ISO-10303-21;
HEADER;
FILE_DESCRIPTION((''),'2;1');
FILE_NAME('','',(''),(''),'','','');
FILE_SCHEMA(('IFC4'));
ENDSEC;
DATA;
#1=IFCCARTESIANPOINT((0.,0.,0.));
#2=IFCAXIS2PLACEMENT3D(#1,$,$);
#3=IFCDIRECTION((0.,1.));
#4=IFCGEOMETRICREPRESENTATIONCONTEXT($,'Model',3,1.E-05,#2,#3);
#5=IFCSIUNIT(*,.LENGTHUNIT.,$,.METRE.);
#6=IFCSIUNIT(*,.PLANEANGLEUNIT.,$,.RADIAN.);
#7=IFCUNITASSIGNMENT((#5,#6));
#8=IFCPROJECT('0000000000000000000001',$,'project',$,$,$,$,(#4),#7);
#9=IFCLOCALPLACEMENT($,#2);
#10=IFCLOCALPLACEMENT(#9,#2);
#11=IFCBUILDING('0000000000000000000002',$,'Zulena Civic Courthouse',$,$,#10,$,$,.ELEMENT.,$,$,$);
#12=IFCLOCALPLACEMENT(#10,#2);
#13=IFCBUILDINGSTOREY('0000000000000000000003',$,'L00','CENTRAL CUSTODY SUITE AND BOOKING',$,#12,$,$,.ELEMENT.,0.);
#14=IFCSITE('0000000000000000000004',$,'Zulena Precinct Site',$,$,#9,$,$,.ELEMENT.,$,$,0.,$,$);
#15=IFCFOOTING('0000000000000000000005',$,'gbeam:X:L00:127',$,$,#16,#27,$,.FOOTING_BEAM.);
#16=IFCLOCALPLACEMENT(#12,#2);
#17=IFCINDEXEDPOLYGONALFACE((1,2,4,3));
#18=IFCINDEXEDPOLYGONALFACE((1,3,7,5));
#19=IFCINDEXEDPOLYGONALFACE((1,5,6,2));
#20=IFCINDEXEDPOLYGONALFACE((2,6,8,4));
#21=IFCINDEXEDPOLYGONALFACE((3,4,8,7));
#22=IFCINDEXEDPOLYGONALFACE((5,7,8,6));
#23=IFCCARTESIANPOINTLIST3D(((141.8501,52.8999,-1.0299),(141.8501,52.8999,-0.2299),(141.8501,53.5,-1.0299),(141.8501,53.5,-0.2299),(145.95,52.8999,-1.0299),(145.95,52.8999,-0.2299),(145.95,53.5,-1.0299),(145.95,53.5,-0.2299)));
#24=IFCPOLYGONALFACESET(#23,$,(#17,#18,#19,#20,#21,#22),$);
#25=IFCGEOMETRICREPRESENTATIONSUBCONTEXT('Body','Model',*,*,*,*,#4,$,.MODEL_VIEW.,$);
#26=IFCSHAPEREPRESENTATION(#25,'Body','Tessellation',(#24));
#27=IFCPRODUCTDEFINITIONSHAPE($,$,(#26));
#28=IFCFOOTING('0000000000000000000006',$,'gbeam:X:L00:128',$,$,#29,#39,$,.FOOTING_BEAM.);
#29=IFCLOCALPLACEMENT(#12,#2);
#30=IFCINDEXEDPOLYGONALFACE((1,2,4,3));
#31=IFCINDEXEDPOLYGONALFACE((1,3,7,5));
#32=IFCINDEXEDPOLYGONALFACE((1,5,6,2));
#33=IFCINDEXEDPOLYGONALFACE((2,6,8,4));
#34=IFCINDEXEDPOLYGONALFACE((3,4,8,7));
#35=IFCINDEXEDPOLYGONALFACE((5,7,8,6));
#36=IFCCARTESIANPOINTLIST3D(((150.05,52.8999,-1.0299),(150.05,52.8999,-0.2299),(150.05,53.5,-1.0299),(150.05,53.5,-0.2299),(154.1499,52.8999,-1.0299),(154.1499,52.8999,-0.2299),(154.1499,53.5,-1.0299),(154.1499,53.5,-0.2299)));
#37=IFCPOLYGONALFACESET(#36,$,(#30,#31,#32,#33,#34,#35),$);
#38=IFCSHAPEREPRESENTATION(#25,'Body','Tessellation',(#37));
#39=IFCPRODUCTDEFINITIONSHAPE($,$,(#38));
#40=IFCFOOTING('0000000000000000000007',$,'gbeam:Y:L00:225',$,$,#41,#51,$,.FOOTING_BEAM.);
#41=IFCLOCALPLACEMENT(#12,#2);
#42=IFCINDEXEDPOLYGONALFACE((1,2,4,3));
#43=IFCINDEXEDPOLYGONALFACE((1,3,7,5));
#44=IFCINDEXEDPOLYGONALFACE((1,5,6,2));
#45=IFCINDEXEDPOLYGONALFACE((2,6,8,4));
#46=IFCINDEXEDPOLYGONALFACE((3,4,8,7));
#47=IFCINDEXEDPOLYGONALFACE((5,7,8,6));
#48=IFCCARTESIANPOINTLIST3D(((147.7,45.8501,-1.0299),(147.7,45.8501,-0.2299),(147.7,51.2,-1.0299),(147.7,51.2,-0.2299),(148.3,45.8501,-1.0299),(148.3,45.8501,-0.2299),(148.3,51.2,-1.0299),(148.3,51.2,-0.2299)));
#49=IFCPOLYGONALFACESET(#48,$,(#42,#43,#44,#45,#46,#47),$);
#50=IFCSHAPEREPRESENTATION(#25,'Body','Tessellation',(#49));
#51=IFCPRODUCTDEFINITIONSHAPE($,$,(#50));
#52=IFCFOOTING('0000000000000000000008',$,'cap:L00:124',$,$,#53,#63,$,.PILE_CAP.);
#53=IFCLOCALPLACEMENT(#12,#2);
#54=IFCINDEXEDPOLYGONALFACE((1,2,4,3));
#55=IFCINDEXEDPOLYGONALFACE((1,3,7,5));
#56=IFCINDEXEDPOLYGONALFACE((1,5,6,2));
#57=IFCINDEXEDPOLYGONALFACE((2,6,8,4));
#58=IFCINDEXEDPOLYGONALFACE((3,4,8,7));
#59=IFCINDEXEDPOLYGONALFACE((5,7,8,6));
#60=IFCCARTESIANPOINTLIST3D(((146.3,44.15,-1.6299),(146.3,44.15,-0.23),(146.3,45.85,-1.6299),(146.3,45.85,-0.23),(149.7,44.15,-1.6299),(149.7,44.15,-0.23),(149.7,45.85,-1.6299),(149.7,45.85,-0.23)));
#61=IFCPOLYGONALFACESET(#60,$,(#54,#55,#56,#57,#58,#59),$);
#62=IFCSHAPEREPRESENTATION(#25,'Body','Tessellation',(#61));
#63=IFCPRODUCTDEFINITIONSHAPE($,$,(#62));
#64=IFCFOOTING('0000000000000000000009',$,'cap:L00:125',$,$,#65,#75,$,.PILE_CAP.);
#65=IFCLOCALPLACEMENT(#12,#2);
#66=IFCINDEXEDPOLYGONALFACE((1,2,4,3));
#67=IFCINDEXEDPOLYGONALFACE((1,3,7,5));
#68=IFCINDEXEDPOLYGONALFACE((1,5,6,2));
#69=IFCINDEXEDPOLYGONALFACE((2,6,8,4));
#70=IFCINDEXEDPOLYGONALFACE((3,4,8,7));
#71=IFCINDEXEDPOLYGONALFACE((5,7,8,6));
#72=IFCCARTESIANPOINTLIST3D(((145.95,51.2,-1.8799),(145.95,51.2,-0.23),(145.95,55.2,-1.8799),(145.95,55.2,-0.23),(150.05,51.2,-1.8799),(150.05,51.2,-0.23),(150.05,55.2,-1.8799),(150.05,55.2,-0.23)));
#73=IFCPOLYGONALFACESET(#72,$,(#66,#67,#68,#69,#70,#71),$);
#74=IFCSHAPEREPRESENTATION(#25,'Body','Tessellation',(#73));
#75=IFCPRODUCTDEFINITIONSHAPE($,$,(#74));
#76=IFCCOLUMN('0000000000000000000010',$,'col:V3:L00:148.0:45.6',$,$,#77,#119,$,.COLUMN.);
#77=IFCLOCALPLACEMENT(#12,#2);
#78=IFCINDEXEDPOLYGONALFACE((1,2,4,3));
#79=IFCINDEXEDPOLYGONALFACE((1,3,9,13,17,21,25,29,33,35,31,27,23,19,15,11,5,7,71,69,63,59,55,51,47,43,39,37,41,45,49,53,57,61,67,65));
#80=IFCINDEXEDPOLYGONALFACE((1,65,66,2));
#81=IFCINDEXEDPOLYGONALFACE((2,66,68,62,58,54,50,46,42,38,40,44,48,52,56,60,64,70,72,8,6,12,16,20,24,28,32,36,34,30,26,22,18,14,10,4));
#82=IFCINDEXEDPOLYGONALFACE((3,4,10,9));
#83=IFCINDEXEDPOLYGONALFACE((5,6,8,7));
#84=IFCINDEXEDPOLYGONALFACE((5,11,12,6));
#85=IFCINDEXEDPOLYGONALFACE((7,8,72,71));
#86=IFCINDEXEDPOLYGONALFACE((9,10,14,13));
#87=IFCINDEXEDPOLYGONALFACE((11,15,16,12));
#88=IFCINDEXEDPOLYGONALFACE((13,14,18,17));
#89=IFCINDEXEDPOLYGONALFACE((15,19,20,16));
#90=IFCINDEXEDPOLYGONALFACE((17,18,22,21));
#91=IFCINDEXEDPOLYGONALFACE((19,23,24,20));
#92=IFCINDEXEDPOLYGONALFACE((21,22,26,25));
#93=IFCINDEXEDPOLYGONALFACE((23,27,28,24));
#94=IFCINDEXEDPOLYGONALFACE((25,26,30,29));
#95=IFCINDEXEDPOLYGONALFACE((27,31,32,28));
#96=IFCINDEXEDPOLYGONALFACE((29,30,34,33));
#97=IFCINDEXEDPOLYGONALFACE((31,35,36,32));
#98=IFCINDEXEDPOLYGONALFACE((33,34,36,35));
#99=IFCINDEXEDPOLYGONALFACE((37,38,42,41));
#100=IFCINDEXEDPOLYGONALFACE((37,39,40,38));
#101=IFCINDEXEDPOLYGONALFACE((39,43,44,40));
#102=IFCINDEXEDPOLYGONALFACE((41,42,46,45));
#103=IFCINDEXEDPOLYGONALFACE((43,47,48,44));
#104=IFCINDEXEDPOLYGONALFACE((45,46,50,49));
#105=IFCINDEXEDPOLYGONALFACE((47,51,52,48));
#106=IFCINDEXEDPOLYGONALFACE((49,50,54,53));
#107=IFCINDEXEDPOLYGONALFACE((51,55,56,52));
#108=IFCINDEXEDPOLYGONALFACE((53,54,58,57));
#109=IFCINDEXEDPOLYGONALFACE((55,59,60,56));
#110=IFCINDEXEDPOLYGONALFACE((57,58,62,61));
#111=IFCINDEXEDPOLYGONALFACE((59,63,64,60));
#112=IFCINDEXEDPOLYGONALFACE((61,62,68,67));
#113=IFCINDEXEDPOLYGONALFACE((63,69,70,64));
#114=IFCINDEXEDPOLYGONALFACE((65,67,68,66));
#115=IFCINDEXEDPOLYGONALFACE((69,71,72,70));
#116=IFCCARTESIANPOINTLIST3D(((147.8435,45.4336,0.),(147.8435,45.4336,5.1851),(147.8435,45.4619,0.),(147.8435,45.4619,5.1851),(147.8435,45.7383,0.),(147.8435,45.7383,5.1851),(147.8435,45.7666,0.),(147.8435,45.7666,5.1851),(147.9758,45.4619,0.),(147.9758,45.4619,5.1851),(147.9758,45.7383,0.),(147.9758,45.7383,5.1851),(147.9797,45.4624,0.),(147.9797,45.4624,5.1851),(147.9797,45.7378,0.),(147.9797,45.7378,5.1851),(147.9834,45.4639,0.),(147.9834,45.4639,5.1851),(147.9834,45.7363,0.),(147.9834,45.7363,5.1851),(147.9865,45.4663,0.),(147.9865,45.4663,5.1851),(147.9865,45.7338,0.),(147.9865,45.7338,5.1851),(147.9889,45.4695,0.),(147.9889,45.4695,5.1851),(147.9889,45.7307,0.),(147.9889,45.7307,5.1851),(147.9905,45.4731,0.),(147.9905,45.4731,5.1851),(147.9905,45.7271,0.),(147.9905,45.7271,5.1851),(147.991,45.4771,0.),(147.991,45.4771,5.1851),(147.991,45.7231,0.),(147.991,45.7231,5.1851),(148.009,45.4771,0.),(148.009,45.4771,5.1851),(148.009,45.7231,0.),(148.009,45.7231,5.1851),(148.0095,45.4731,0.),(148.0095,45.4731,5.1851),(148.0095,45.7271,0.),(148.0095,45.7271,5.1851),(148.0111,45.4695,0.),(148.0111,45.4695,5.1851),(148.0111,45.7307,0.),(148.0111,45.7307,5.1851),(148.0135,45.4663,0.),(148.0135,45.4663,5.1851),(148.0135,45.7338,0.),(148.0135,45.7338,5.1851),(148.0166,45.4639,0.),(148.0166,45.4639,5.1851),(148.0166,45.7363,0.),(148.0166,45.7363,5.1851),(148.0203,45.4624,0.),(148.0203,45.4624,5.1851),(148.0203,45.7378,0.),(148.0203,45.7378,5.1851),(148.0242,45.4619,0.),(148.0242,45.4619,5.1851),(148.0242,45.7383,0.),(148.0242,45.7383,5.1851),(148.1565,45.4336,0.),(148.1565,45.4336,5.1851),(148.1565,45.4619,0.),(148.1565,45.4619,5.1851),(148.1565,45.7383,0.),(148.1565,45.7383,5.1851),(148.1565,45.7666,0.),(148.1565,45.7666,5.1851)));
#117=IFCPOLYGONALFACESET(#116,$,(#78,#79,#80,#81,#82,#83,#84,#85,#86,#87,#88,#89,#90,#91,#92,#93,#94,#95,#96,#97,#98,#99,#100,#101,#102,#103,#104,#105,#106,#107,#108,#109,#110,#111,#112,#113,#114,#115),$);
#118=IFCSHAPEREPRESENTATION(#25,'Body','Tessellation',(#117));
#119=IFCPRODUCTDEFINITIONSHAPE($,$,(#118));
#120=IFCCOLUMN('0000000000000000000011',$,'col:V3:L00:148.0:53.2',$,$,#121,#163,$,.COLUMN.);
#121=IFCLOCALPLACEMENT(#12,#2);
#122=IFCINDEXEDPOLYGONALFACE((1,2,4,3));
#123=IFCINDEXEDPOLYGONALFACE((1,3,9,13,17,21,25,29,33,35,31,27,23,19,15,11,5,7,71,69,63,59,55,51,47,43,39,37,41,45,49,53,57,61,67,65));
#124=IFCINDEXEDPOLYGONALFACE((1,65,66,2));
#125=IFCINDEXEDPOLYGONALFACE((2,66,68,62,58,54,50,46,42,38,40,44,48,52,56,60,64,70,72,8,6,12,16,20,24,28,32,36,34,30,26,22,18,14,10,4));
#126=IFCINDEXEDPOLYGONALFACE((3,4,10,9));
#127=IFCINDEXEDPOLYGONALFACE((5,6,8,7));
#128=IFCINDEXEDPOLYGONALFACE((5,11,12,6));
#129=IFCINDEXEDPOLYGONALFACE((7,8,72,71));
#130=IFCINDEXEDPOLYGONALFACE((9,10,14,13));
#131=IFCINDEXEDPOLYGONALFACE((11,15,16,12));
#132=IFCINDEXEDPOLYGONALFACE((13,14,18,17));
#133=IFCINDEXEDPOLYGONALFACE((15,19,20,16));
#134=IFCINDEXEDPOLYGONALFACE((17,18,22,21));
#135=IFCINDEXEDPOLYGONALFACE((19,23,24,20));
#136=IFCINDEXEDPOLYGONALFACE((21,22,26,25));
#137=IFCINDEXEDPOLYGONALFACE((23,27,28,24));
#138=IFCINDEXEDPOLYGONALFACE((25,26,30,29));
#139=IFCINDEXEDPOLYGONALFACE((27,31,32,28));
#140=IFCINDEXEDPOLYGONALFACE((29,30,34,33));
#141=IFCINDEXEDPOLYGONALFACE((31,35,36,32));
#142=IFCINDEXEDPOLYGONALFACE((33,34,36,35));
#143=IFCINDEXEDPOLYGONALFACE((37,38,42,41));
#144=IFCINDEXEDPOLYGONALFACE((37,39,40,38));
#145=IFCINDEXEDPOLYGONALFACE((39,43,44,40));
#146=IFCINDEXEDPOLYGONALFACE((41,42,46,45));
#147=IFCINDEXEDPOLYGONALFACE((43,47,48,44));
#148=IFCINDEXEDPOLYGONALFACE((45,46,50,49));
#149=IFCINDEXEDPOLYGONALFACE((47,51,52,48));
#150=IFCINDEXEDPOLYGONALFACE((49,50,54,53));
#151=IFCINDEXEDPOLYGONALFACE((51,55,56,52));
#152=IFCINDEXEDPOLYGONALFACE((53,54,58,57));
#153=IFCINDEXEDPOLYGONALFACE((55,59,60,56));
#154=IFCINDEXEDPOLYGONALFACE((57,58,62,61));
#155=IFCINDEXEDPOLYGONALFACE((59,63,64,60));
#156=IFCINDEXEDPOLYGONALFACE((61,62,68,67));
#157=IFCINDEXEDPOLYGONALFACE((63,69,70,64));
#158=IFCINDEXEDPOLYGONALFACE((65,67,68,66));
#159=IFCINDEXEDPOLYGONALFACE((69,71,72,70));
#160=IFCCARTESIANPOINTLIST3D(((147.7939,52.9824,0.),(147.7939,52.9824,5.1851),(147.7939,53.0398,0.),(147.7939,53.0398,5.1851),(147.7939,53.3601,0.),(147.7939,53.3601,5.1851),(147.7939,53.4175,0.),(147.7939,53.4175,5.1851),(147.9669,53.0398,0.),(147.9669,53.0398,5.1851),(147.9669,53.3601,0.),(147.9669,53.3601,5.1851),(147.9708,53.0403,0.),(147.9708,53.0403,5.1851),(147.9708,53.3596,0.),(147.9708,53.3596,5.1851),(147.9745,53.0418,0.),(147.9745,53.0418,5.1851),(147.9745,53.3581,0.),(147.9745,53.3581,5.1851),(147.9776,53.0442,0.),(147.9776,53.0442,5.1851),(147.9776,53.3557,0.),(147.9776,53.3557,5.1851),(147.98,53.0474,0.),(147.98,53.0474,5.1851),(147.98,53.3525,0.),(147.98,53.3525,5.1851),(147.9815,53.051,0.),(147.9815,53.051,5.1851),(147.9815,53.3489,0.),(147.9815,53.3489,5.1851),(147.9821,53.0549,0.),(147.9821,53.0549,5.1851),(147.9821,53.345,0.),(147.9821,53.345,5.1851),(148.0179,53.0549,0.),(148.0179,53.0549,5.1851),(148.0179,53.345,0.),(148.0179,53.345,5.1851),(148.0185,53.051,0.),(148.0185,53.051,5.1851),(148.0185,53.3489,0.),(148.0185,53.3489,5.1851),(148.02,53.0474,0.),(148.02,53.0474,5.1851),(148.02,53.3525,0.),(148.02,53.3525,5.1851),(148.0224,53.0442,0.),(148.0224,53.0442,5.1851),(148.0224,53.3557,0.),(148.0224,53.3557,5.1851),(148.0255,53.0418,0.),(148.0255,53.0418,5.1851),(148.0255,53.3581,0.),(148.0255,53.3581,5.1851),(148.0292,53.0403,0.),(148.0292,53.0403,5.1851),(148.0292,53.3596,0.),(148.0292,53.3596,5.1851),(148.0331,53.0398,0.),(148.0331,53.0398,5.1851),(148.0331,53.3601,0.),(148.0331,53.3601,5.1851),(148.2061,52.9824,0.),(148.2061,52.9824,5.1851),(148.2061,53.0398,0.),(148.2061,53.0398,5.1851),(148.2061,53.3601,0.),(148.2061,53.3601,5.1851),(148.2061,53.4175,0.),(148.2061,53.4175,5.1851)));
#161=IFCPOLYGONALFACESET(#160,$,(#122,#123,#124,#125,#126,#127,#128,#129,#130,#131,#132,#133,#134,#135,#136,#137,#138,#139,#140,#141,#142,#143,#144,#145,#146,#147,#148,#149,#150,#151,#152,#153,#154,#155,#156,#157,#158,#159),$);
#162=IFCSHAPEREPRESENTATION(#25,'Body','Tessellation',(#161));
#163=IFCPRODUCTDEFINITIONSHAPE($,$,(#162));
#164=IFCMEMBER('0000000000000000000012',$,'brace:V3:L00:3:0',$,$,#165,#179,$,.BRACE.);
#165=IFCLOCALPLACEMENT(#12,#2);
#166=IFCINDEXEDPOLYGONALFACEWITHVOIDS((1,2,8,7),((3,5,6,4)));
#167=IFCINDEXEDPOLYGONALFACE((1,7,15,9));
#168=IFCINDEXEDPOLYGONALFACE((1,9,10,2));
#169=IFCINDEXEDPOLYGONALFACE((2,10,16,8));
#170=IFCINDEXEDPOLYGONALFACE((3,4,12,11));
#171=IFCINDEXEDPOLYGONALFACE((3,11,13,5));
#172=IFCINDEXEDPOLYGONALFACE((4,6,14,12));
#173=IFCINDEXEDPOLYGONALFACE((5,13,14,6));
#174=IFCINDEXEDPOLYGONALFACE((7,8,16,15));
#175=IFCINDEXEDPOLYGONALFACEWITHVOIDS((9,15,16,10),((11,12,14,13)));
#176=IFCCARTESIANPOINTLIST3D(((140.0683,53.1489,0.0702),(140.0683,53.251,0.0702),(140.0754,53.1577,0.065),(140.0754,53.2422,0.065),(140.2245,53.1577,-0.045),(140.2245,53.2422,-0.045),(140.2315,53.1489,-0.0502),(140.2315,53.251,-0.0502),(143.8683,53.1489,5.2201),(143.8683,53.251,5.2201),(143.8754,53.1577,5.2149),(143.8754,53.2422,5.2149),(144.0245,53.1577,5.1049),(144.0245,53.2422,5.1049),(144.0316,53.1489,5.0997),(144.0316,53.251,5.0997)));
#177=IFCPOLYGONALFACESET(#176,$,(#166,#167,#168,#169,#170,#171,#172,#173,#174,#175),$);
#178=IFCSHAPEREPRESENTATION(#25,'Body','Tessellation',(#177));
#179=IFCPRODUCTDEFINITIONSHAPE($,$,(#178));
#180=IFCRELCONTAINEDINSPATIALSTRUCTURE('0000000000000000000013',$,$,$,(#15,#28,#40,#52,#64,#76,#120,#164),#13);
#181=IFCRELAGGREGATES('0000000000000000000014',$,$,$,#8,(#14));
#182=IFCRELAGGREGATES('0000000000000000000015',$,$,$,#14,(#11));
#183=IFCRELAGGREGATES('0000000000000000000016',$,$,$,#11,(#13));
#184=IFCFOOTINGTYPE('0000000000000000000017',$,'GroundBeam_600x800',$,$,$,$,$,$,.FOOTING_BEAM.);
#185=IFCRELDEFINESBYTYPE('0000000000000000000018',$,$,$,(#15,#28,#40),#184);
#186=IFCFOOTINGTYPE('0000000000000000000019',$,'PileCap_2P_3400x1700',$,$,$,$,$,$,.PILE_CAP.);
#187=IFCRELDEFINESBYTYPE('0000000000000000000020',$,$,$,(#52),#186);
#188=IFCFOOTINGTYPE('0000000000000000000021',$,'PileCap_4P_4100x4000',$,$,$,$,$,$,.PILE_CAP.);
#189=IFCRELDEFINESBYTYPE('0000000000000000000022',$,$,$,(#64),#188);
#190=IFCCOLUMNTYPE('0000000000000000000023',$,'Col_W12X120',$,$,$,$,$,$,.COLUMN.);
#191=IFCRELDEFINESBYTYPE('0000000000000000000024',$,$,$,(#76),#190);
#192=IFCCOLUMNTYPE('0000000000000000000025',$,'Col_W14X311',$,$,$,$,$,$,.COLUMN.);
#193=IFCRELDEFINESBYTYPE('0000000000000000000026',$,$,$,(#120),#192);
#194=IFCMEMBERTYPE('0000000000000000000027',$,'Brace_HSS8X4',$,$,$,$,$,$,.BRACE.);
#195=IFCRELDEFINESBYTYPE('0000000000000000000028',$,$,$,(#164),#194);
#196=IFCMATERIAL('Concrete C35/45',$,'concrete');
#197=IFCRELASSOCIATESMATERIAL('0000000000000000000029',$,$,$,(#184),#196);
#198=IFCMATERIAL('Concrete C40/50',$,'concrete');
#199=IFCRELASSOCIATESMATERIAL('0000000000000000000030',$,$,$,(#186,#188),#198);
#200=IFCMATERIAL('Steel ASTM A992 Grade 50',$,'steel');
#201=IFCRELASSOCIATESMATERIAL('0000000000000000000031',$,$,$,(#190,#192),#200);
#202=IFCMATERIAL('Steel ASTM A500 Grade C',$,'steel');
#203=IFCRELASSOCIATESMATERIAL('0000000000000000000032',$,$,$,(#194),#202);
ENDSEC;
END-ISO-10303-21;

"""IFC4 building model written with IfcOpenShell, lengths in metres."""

from ifc_helpers import new_model, si_unit, direction, frame, origin, origin_2d, place, context, subcontext, project, spatial, rectangle, hollow_rectangle, i_section, extrude, material, material_profile, profile_set, type_object, element, save


model = new_model("IFC4")

# Units and contexts
model_context = context("Model", 3, precision=1e-05, world=origin(), true_north=direction((0.0, 1.0)))
body_context = subcontext(model_context, "Body", "Model", "MODEL_VIEW")
ifc_project = project(units=[si_unit("LENGTHUNIT", "METRE"), si_unit("PLANEANGLEUNIT", "RADIAN")], contexts=[model_context])

# Site, building, storey
site_placement = place(None, origin())
site = spatial("IfcSite", under=ifc_project, at=site_placement, Name="Zulena Precinct Site", CompositionType="ELEMENT", RefElevation=0.0)
building_placement = place(site_placement, origin())
building = spatial("IfcBuilding", under=site, at=building_placement, Name="Zulena Civic Courthouse", CompositionType="ELEMENT")
storey_placement = place(building_placement, origin())
storey = spatial("IfcBuildingStorey", under=building, at=storey_placement, Name="L00", Description="CENTRAL CUSTODY SUITE AND BOOKING", CompositionType="ELEMENT", Elevation=0.0)

# Shared definitions
ifc_material_1 = material(Name="Concrete C40/50", Category="concrete")

# Footings
ifc_material_2 = material(Name="Concrete C35/45", Category="concrete")
ifc_material_profile_1 = material_profile(ifc_material_2, rectangle(XDim=0.6001, YDim=0.8, at=origin_2d()), Name="RC600X800")
ifc_profile_set_1 = profile_set([ifc_material_profile_1], Name="Concrete C35/45")
footing_type_1 = type_object("IfcFootingType", Name="GroundBeam_600x800", PredefinedType="FOOTING_BEAM", material=ifc_profile_set_1)
for number, where, z_axis, x_axis, name in (
    (1, (141.8501, 53.2, -0.6299), (1.0, 0.0, 0.0), (0.0, 1.0, 0.0), "gbeam:X:L00:127"),
    (2, (150.05, 53.2, -0.6299), (1.0, 0.0, 0.0), (0.0, 1.0, 0.0), "gbeam:X:L00:128"),
):
    element("IfcFooting", number, at=place(storey_placement, frame(where, z_axis=z_axis, x_axis=x_axis)), inside=storey, type_object=footing_type_1, Name=name, PredefinedType="FOOTING_BEAM", context=body_context, shape_type="SweptSolid", body=[
        extrude(rectangle(XDim=0.6001, YDim=0.8, at=origin_2d()), origin(), (0.0, 0.0, 1.0), 4.0999),
    ])
footing_1_placement = place(storey_placement, frame((148.0, 45.8501, -0.6299), z_axis=(0.0, 1.0, 0.0), x_axis=(-1.0, 0.0, 0.0)))
element("IfcFooting", 3, at=footing_1_placement, inside=storey, type_object=footing_type_1, Name="gbeam:Y:L00:225", PredefinedType="FOOTING_BEAM", context=body_context, shape_type="SweptSolid", body=[
    extrude(rectangle(XDim=0.6001, YDim=0.8, at=origin_2d()), origin(), (0.0, 0.0, 1.0), 5.3499),
])
footing_type_2 = type_object("IfcFootingType", Name="PileCap_2P_3400x1700", PredefinedType="PILE_CAP", material=ifc_material_1)
footing_2_placement = place(storey_placement, frame((148.0, 45.0, -1.6299), z_axis=(0.0, 0.0, 1.0), x_axis=(1.0, 0.0, 0.0)))
element("IfcFooting", 4, at=footing_2_placement, inside=storey, type_object=footing_type_2, Name="cap:L00:124", PredefinedType="PILE_CAP", context=body_context, shape_type="SweptSolid", body=[
    extrude(rectangle(XDim=3.3999, YDim=1.7, at=origin_2d()), origin(), (0.0, 0.0, 1.0), 1.3999),
])
footing_type_3 = type_object("IfcFootingType", Name="PileCap_4P_4100x4000", PredefinedType="PILE_CAP", material=ifc_material_1)
footing_3_placement = place(storey_placement, frame((148.0, 53.2, -1.8799), z_axis=(0.0, 0.0, 1.0), x_axis=(1.0, 0.0, 0.0)))
element("IfcFooting", 5, at=footing_3_placement, inside=storey, type_object=footing_type_3, Name="cap:L00:125", PredefinedType="PILE_CAP", context=body_context, shape_type="SweptSolid", body=[
    extrude(rectangle(XDim=4.1001, YDim=4.0, at=origin_2d()), origin(), (0.0, 0.0, 1.0), 1.6499),
])

# Columns
ifc_material_3 = material(Name="Steel ASTM A992 Grade 50", Category="steel")
ifc_material_profile_2 = material_profile(ifc_material_3, i_section(OverallWidth=0.313, OverallDepth=0.333, WebThickness=0.0181, FlangeThickness=0.0283, FilletRadius=0.0151, at=origin_2d()), Name="W12X120")
ifc_profile_set_2 = profile_set([ifc_material_profile_2], Name="Steel ASTM A992 Grade 50")
column_type_1 = type_object("IfcColumnType", Name="Col_W12X120", PredefinedType="COLUMN", material=ifc_profile_set_2)
column_1_placement = place(storey_placement, frame((148.0, 45.6001, 0.0), z_axis=(0.0, 0.0, 1.0), x_axis=(1.0, 0.0, 0.0)))
element("IfcColumn", 6, at=column_1_placement, inside=storey, type_object=column_type_1, Name="col:V3:L00:148.0:45.6", PredefinedType="COLUMN", context=body_context, shape_type="SweptSolid", body=[
    extrude(i_section(OverallWidth=0.313, OverallDepth=0.333, WebThickness=0.0181, FlangeThickness=0.0283, FilletRadius=0.0151, at=origin_2d()), origin(), (0.0, 0.0, 1.0), 5.1851),
])
ifc_material_profile_3 = material_profile(ifc_material_3, i_section(OverallWidth=0.4121, OverallDepth=0.4351, WebThickness=0.0359, FlangeThickness=0.0574, FilletRadius=0.0151, at=origin_2d()), Name="W14X311")
ifc_profile_set_3 = profile_set([ifc_material_profile_3], Name="Steel ASTM A992 Grade 50")
column_type_2 = type_object("IfcColumnType", Name="Col_W14X311", PredefinedType="COLUMN", material=ifc_profile_set_3)
column_2_placement = place(storey_placement, frame((148.0, 53.2, 0.0), z_axis=(0.0, 0.0, 1.0), x_axis=(1.0, 0.0, 0.0)))
element("IfcColumn", 7, at=column_2_placement, inside=storey, type_object=column_type_2, Name="col:V3:L00:148.0:53.2", PredefinedType="COLUMN", context=body_context, shape_type="SweptSolid", body=[
    extrude(i_section(OverallWidth=0.4121, OverallDepth=0.4351, WebThickness=0.0359, FlangeThickness=0.0574, FilletRadius=0.0151, at=origin_2d()), origin(), (0.0, 0.0, 1.0), 5.1851),
])

# Member
ifc_material_4 = material(Name="Steel ASTM A500 Grade C", Category="steel")
ifc_material_profile_4 = material_profile(ifc_material_4, hollow_rectangle(XDim=0.1021, YDim=0.2029, WallThickness=0.0088, at=origin_2d()), Name="HSS8X4X3/8")
ifc_profile_set_4 = profile_set([ifc_material_profile_4], Name="Steel ASTM A500 Grade C")
member_type = type_object("IfcMemberType", Name="Brace_HSS8X4", PredefinedType="BRACE", material=ifc_profile_set_4)
for number, where, z_axis, x_axis, name in (
    (8, (140.1499, 53.2, 0.01), (0.593744, 0.0, 0.804654), (0.0, 1.0, 0.0), "brace:V3:L00:3:0"),
):
    element("IfcMember", number, at=place(storey_placement, frame(where, z_axis=z_axis, x_axis=x_axis)), inside=storey, type_object=member_type, Name=name, PredefinedType="BRACE", context=body_context, shape_type="SweptSolid", body=[
        extrude(hollow_rectangle(XDim=0.1021, YDim=0.2029, WallThickness=0.0088, at=origin_2d()), origin(), (0.0, 0.0, 1.0), 6.4001),
    ])

save(model, "model.ifc")
